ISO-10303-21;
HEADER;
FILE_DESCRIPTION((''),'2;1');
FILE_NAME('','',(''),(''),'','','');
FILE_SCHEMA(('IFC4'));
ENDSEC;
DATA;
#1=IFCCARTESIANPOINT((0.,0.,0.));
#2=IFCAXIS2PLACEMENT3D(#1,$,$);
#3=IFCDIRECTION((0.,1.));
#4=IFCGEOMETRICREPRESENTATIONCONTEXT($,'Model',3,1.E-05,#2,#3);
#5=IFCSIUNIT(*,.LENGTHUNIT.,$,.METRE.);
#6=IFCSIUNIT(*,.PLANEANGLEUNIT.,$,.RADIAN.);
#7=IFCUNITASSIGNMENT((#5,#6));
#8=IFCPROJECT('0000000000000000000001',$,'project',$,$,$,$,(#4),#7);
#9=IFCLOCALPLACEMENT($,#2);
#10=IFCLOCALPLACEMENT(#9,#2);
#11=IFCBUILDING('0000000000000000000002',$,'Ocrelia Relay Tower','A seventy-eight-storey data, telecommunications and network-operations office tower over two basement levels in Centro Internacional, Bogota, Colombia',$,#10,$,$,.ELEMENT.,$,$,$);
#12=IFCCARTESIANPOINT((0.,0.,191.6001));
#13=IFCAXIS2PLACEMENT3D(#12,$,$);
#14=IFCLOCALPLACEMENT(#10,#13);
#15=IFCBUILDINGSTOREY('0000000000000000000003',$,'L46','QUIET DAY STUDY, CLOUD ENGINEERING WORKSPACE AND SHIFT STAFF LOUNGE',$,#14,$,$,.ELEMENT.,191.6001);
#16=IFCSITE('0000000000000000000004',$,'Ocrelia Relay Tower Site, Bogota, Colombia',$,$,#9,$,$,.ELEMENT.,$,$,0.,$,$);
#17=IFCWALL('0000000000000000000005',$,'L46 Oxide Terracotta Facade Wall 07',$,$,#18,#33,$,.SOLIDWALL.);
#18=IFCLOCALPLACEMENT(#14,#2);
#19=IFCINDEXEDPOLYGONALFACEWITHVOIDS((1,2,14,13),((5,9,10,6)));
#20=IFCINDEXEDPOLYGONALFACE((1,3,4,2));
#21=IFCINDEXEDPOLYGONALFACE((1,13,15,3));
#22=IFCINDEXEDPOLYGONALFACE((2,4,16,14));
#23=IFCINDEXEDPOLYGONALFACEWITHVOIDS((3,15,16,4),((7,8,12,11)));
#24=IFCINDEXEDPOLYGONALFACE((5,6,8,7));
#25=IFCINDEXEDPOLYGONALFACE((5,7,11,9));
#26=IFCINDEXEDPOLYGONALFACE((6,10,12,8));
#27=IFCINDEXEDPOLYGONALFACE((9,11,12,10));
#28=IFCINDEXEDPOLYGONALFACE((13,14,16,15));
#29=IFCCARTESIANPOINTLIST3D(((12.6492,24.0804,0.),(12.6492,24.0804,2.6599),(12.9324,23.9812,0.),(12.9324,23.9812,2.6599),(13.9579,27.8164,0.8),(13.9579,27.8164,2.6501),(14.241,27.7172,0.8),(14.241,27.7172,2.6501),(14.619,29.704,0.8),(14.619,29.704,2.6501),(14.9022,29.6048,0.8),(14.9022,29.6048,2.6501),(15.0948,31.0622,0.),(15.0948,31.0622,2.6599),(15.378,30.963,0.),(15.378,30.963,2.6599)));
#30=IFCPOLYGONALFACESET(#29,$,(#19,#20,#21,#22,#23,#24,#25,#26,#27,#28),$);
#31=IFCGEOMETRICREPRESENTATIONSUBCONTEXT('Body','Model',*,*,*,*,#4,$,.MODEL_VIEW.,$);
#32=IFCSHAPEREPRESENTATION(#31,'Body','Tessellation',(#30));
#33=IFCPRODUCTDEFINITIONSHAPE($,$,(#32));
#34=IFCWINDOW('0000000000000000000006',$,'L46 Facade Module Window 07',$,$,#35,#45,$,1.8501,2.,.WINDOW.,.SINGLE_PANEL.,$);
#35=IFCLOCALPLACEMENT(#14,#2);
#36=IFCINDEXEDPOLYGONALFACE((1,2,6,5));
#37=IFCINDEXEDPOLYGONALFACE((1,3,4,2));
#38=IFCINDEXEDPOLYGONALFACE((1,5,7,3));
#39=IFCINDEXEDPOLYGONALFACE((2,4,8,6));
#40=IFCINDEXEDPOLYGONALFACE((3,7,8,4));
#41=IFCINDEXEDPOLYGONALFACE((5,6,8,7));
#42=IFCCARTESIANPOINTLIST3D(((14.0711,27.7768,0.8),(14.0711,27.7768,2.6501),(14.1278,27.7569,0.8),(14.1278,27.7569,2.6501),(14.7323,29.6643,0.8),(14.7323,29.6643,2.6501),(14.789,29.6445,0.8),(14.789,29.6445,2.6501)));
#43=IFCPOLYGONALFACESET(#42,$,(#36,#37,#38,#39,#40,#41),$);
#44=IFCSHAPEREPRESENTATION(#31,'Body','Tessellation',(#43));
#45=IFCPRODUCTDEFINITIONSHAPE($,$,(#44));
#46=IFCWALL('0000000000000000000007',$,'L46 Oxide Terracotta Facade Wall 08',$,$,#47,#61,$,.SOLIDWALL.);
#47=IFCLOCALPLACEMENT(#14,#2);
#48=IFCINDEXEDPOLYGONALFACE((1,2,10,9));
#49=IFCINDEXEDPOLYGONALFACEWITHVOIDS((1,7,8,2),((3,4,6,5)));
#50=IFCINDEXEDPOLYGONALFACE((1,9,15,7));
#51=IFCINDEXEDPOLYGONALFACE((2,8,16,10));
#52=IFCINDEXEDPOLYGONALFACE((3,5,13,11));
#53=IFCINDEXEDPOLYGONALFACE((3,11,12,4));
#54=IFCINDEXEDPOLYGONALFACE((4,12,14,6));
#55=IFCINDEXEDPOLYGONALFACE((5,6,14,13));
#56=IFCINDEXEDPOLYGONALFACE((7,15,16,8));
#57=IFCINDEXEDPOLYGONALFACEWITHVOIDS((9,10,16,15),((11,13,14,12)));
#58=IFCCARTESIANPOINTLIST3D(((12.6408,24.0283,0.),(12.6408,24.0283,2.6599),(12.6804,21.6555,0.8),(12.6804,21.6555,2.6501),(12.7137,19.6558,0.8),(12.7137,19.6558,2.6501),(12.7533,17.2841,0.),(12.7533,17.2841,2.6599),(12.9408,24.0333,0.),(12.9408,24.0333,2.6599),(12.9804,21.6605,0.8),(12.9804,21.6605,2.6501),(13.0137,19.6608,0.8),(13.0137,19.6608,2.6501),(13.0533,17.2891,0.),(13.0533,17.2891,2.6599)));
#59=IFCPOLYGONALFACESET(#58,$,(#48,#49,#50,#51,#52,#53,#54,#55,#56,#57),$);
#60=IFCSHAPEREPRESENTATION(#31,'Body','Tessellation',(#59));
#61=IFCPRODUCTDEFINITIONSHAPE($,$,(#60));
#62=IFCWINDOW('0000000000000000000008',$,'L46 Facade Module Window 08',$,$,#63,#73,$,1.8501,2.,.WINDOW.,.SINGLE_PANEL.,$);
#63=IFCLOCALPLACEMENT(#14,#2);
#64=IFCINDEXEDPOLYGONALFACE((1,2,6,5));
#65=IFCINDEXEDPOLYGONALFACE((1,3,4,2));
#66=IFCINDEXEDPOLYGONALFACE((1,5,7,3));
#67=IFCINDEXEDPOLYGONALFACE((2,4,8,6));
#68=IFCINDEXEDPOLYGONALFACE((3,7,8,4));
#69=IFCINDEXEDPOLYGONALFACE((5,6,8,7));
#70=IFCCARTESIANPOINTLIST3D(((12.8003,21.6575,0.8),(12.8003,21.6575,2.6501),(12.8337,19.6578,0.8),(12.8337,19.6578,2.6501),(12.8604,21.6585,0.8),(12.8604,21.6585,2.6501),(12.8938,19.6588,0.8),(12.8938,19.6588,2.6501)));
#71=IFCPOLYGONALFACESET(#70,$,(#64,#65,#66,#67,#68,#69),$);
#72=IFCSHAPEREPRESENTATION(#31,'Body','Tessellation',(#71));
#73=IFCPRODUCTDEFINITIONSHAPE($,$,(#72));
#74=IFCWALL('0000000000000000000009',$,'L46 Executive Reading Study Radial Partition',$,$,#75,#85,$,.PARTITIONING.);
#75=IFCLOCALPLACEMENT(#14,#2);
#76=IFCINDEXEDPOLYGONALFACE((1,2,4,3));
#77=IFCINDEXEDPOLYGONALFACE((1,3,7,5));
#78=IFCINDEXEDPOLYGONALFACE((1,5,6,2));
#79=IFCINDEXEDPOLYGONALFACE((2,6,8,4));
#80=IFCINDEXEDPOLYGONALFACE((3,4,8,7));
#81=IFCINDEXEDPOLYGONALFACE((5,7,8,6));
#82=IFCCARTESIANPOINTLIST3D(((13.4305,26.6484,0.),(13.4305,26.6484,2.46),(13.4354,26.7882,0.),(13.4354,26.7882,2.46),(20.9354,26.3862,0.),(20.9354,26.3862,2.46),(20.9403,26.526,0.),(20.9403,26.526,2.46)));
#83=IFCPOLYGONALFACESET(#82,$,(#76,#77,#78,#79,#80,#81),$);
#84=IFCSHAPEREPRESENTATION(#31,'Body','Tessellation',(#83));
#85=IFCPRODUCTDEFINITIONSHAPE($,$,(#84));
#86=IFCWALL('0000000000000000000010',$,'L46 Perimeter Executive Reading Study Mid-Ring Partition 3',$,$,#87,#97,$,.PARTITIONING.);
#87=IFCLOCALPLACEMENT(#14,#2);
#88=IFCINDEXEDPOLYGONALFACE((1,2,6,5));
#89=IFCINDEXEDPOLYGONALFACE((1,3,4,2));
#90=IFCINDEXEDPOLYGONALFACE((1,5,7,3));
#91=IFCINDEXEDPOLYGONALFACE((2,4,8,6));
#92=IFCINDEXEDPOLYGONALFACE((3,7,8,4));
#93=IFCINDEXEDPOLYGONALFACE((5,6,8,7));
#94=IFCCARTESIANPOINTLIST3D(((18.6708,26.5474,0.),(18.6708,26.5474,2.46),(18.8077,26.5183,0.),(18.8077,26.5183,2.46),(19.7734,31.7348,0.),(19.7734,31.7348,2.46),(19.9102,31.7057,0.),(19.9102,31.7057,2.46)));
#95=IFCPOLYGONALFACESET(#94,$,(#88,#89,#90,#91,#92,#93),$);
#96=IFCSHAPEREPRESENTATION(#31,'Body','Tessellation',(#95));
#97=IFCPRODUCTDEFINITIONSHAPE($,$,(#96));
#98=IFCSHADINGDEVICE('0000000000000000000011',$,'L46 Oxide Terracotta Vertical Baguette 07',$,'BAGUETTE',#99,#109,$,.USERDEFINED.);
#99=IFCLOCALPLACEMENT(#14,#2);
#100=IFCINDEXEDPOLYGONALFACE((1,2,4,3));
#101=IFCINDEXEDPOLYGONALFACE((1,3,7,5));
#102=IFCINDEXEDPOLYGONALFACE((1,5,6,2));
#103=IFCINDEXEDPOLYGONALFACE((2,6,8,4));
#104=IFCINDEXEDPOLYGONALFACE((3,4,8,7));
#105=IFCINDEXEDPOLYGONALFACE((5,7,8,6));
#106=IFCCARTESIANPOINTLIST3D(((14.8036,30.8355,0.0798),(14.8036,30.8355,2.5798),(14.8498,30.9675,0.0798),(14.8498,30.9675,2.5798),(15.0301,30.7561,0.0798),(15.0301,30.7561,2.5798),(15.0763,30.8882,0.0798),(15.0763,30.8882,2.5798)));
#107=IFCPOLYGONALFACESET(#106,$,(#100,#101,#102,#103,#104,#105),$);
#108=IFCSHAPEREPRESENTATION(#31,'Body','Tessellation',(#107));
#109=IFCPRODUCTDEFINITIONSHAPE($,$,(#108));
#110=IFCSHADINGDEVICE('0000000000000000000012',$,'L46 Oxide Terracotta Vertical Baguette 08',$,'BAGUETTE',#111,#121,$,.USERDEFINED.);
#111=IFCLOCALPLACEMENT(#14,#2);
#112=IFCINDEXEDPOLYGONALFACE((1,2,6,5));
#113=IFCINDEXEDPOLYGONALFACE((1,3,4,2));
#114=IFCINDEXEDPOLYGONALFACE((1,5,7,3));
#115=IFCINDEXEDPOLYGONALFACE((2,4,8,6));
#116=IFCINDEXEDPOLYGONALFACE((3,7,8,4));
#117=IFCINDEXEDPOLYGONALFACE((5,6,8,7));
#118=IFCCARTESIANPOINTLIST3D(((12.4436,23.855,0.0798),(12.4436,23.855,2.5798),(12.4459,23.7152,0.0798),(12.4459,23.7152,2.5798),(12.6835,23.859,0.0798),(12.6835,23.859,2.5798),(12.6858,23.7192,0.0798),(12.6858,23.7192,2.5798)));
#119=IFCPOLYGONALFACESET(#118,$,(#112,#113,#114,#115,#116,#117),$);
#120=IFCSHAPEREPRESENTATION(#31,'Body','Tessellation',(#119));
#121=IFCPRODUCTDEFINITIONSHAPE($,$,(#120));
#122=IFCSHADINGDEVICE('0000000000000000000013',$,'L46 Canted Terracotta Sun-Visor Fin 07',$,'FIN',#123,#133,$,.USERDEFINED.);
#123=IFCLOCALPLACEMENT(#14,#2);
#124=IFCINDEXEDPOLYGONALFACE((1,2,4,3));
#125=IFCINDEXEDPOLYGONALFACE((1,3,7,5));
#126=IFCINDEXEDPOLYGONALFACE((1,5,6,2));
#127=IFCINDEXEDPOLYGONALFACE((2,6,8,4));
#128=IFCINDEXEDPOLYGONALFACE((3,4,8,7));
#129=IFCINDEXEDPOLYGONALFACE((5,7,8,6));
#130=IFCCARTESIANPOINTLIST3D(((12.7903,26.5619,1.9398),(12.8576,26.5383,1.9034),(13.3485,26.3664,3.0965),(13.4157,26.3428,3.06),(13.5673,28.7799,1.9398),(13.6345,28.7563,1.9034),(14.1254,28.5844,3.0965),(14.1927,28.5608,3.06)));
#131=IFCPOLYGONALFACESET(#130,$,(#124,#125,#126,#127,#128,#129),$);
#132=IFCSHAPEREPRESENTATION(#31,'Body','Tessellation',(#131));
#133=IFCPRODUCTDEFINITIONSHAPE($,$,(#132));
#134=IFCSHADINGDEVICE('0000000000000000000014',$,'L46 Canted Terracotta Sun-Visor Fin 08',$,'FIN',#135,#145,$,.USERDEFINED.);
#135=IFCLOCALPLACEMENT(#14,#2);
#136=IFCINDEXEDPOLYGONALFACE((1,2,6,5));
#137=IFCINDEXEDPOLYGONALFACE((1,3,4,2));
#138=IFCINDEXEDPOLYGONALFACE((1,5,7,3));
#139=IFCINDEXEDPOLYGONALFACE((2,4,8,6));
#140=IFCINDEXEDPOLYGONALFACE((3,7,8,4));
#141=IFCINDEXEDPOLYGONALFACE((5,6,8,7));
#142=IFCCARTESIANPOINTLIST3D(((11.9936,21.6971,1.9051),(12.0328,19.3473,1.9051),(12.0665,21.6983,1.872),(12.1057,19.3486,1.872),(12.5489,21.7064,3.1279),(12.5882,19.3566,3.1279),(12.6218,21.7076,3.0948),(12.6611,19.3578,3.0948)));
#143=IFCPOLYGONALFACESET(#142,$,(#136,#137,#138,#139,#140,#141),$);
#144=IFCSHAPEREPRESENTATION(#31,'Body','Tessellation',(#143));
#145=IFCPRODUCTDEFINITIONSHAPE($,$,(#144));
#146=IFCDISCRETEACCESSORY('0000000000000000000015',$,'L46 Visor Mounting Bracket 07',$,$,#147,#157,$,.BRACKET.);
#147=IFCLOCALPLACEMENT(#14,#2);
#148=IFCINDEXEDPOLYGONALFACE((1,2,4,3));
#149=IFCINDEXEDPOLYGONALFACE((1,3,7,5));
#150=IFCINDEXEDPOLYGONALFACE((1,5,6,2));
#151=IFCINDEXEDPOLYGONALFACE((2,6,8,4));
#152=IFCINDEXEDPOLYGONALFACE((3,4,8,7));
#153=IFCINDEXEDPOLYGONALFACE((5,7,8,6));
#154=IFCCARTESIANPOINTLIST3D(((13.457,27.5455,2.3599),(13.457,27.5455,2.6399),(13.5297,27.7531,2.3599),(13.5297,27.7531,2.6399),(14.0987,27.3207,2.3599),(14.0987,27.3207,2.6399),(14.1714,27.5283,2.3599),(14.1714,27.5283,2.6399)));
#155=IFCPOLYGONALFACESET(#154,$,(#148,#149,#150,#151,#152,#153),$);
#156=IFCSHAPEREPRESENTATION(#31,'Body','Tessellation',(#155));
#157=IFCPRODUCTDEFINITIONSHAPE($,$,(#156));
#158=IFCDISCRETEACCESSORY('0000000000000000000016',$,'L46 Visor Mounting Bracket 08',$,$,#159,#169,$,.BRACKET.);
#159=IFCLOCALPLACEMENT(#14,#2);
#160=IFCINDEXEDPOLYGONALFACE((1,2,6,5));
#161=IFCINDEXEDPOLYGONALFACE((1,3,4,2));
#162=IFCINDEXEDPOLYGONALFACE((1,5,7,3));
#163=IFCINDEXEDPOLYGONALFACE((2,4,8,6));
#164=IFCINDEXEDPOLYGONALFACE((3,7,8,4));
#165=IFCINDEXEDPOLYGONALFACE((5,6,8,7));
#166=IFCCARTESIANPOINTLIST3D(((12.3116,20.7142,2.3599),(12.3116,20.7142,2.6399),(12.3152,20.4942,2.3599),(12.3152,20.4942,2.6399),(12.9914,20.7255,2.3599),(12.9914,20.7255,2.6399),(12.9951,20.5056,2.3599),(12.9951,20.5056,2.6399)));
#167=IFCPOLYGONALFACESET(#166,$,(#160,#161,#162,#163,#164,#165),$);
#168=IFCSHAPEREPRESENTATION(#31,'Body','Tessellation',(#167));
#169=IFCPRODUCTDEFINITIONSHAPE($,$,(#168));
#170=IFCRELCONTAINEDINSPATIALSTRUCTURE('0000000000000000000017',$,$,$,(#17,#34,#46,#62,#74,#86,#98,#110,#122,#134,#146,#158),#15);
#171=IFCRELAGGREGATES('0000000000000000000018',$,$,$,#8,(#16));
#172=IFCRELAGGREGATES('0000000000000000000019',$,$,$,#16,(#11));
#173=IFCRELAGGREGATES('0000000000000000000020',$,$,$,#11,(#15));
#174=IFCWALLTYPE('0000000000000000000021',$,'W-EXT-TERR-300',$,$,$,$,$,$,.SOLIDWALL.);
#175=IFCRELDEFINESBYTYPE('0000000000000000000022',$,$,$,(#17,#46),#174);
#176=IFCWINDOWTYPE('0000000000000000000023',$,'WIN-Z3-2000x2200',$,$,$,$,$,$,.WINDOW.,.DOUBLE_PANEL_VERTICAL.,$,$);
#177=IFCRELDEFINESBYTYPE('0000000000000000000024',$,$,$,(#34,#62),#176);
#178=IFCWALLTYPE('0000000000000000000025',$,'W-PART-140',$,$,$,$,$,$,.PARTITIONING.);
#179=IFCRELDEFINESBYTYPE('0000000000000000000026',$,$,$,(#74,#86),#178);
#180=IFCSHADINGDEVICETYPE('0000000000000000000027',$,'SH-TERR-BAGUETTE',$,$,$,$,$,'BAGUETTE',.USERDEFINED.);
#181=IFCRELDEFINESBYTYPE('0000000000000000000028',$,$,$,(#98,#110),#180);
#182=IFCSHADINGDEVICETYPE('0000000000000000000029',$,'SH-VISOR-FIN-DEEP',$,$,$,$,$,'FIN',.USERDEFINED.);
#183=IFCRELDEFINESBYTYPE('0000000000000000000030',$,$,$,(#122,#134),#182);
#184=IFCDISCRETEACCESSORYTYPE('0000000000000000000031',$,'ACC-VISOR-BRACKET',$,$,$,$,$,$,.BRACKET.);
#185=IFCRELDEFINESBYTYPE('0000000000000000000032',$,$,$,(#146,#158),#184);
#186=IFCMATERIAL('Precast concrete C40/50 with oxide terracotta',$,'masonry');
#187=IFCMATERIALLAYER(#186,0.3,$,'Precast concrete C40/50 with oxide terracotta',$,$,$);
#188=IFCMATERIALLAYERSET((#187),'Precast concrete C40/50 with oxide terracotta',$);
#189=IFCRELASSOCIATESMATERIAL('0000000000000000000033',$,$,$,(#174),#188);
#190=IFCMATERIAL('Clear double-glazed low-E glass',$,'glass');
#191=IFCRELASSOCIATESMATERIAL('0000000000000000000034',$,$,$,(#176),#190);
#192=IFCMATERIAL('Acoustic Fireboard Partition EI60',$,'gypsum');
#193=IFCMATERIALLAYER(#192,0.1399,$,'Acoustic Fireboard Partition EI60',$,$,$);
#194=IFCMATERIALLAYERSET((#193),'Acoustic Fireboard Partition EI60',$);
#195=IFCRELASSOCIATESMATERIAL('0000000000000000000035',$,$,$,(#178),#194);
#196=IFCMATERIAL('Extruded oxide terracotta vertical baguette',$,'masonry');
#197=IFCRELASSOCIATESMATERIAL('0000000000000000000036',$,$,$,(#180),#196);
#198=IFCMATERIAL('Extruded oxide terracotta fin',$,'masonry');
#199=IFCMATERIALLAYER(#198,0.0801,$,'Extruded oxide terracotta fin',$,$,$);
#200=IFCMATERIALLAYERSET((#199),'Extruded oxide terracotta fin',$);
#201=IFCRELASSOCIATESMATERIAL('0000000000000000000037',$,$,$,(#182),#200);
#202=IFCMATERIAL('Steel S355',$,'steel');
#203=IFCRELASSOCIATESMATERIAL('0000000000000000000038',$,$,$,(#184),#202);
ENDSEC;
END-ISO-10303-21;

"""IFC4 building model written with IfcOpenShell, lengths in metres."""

from ifc_helpers import new_model, si_unit, direction, frame, frame_2d, origin, origin_2d, place, context, subcontext, project, spatial, rectangle, extrude, material, layer, layer_set, type_object, element, fill, save


model = new_model("IFC4")

# Units and contexts
model_context = context("Model", 3, precision=1e-05, world=origin(), true_north=direction((0.0, 1.0)))
body_context = subcontext(model_context, "Body", "Model", "MODEL_VIEW")
ifc_project = project(units=[si_unit("LENGTHUNIT", "METRE"), si_unit("PLANEANGLEUNIT", "RADIAN")], contexts=[model_context])

# Site, building, storey
site_placement = place(None, origin())
site = spatial("IfcSite", under=ifc_project, at=site_placement, Name="Ocrelia Relay Tower Site, Bogota, Colombia", CompositionType="ELEMENT", RefElevation=0.0)
building_placement = place(site_placement, origin())
building = spatial("IfcBuilding", under=site, at=building_placement, Name="Ocrelia Relay Tower", Description="A seventy-eight-storey data, telecommunications and network-operations office tower over two basement levels in Centro Internacional, Bogota, Colombia", CompositionType="ELEMENT")
storey_placement = place(building_placement, frame((0.0, 0.0, 191.6001)))
storey = spatial("IfcBuildingStorey", under=building, at=storey_placement, Name="L46", Description="QUIET DAY STUDY, CLOUD ENGINEERING WORKSPACE AND SHIFT STAFF LOUNGE", CompositionType="ELEMENT", Elevation=191.6001)

# Shared definitions
ifc_material_1 = material(Name="Steel S355", Category="steel")

# Walls, openings, windows
ifc_material_2 = material(Name="Precast concrete C40/50 with oxide terracotta", Category="masonry")
ifc_layer_1 = layer(ifc_material_2, 0.3, Name="Precast concrete C40/50 with oxide terracotta")
ifc_layer_set_1 = layer_set([ifc_layer_1], Name="Precast concrete C40/50 with oxide terracotta")
wall_type_1 = type_object("IfcWallType", Name="W-EXT-TERR-300", PredefinedType="SOLIDWALL", material=ifc_layer_set_1)
wall_1_placement = place(storey_placement, frame((15.2363, 31.0125, 0.0), z_axis=(0.0, 0.0, 1.0), x_axis=(-0.330587, -0.943775, 0.0)))
wall_1 = element("IfcWall", 1, at=wall_1_placement, inside=storey, type_object=wall_type_1, Name="L46 Oxide Terracotta Facade Wall 07", PredefinedType="SOLIDWALL", context=body_context, shape_type="SweptSolid", body=[
    extrude(rectangle(XDim=7.3977, YDim=0.3, at=frame_2d((3.6987, 0.0))), origin(), (0.0, 0.0, 1.0), 2.6599),
])
opening_1_placement = place(wall_1_placement, frame((1.439, 0.0, 0.8)))
opening_1 = element("IfcOpeningElement", 2, at=opening_1_placement, cuts=wall_1, PredefinedType="OPENING", context=body_context, shape_type="SweptSolid", body=[
    extrude(rectangle(XDim=2.0, YDim=1.8501, at=frame_2d((1.0, 0.925))), frame((0.0, 0.1602, 0.0), z_axis=(0.0, -1.0, 0.0), x_axis=(1.0, 0.0, 0.0)), (0.0, 0.0, 1.0), 0.3201),
])
ifc_material_3 = material(Name="Clear double-glazed low-E glass", Category="glass")
window_type = type_object("IfcWindowType", Name="WIN-Z3-2000x2200", PartitioningType="DOUBLE_PANEL_VERTICAL", PredefinedType="WINDOW", material=ifc_material_3)
window_1_placement = place(opening_1_placement, origin())
window_1 = element("IfcWindow", 3, at=window_1_placement, inside=storey, type_object=window_type, Name="L46 Facade Module Window 07", OverallHeight=1.8501, OverallWidth=2.0, PartitioningType="SINGLE_PANEL", PredefinedType="WINDOW", context=body_context, shape_type="SweptSolid", body=[
    extrude(rectangle(XDim=2.0, YDim=1.8501, at=frame_2d((1.0, 0.925))), frame((0.0, 0.03, 0.0), z_axis=(0.0, -1.0, 0.0), x_axis=(1.0, 0.0, 0.0)), (0.0, 0.0, 1.0), 0.0601),
])
fill(opening_1, window_1)
wall_2_placement = place(storey_placement, frame((12.7908, 24.0308, 0.0), z_axis=(0.0, 0.0, 1.0), x_axis=(0.016686, -0.999861, 0.0)))
wall_2 = element("IfcWall", 4, at=wall_2_placement, inside=storey, type_object=wall_type_1, Name="L46 Oxide Terracotta Facade Wall 08", PredefinedType="SOLIDWALL", context=body_context, shape_type="SweptSolid", body=[
    extrude(rectangle(XDim=6.7451, YDim=0.3, at=frame_2d((3.3726, 0.0))), origin(), (0.0, 0.0, 1.0), 2.6599),
])
opening_2_placement = place(wall_2_placement, frame((2.373, 0.0, 0.8)))
opening_2 = element("IfcOpeningElement", 5, at=opening_2_placement, cuts=wall_2, PredefinedType="OPENING", context=body_context, shape_type="SweptSolid", body=[
    extrude(rectangle(XDim=2.0, YDim=1.8501, at=frame_2d((1.0, 0.925))), frame((0.0, 0.1602, 0.0), z_axis=(0.0, -1.0, 0.0), x_axis=(1.0, 0.0, 0.0)), (0.0, 0.0, 1.0), 0.3201),
])
window_2_placement = place(opening_2_placement, origin())
window_2 = element("IfcWindow", 6, at=window_2_placement, inside=storey, type_object=window_type, Name="L46 Facade Module Window 08", OverallHeight=1.8501, OverallWidth=2.0, PartitioningType="SINGLE_PANEL", PredefinedType="WINDOW", context=body_context, shape_type="SweptSolid", body=[
    extrude(rectangle(XDim=2.0, YDim=1.8501, at=frame_2d((1.0, 0.925))), frame((0.0, 0.03, 0.0), z_axis=(0.0, -1.0, 0.0), x_axis=(1.0, 0.0, 0.0)), (0.0, 0.0, 1.0), 0.0601),
])
fill(opening_2, window_2)

# Walls
ifc_material_4 = material(Name="Acoustic Fireboard Partition EI60", Category="gypsum")
ifc_layer_2 = layer(ifc_material_4, 0.1399, Name="Acoustic Fireboard Partition EI60")
ifc_layer_set_2 = layer_set([ifc_layer_2], Name="Acoustic Fireboard Partition EI60")
wall_type_2 = type_object("IfcWallType", Name="W-PART-140", PredefinedType="PARTITIONING", material=ifc_layer_set_2)
wall_3_placement = place(storey_placement, frame((20.938, 26.4561, 0.0), z_axis=(0.0, 0.0, 1.0), x_axis=(-0.99939, 0.034917, 0.0)))
element("IfcWall", 7, at=wall_3_placement, inside=storey, type_object=wall_type_2, Name="L46 Executive Reading Study Radial Partition", PredefinedType="PARTITIONING", context=body_context, shape_type="SweptSolid", body=[
    extrude(rectangle(XDim=7.5095, YDim=0.1399, at=frame_2d((3.7549, 0.0))), origin(), (0.0, 0.0, 1.0), 2.46),
])
wall_4_placement = place(storey_placement, frame((19.8418, 31.7202, 0.0), z_axis=(0.0, 0.0, 1.0), x_axis=(-0.207903, -0.978149, 0.0)))
element("IfcWall", 8, at=wall_4_placement, inside=storey, type_object=wall_type_2, Name="L46 Perimeter Executive Reading Study Mid-Ring Partition 3", PredefinedType="PARTITIONING", context=body_context, shape_type="SweptSolid", body=[
    extrude(rectangle(XDim=5.3032, YDim=0.1399, at=frame_2d((2.6516, 0.0))), origin(), (0.0, 0.0, 1.0), 2.46),
])

# Shading devices
ifc_material_5 = material(Name="Extruded oxide terracotta vertical baguette", Category="masonry")
shading_device_type_1 = type_object("IfcShadingDeviceType", Name="SH-TERR-BAGUETTE", ElementType="BAGUETTE", PredefinedType="USERDEFINED", material=ifc_material_5)
for number, where, z_axis, x_axis, name in (
    (9, (14.9399, 30.8618, 0.0798), (0.0, 0.0, 1.0), (-0.330596, -0.943772, 0.0), "L46 Oxide Terracotta Vertical Baguette 07"),
    (10, (12.5647, 23.7871, 0.0798), (0.0, 0.0, 1.0), (0.016694, -0.999861, 0.0), "L46 Oxide Terracotta Vertical Baguette 08"),
):
    element("IfcShadingDevice", number, at=place(storey_placement, frame(where, z_axis=z_axis, x_axis=x_axis)), inside=storey, type_object=shading_device_type_1, Name=name, ObjectType="BAGUETTE", PredefinedType="USERDEFINED", context=body_context, shape_type="SweptSolid", body=[
        extrude(rectangle(XDim=0.1399, YDim=0.24, at=origin_2d()), origin(), (0.0, 0.0, 1.0), 2.5),
    ])
ifc_material_6 = material(Name="Extruded oxide terracotta fin", Category="masonry")
ifc_layer_3 = layer(ifc_material_6, 0.0801, Name="Extruded oxide terracotta fin")
ifc_layer_set_3 = layer_set([ifc_layer_3], Name="Extruded oxide terracotta fin")
shading_device_type_2 = type_object("IfcShadingDeviceType", Name="SH-VISOR-FIN-DEEP", ElementType="FIN", PredefinedType="USERDEFINED", material=ifc_layer_set_3)
shading_device_1_placement = place(storey_placement, frame((13.5251, 27.5496, 2.4817), z_axis=(-0.840308, 0.294353, 0.455234), x_axis=(-0.330596, -0.943772, 0.0)))
element("IfcShadingDevice", 11, at=shading_device_1_placement, inside=storey, type_object=shading_device_type_2, Name="L46 Canted Terracotta Sun-Visor Fin 07", ObjectType="FIN", PredefinedType="USERDEFINED", context=body_context, shape_type="SweptSolid", body=[
    extrude(rectangle(XDim=2.3501, YDim=1.2991, at=origin_2d()), origin(), (0.0, 0.0, 1.0), 0.0801),
])
shading_device_2_placement = place(storey_placement, frame((12.3638, 20.5281, 2.4834), z_axis=(-0.91034, -0.015199, 0.413581), x_axis=(0.016694, -0.999861, 0.0)))
element("IfcShadingDevice", 12, at=shading_device_2_placement, inside=storey, type_object=shading_device_type_2, Name="L46 Canted Terracotta Sun-Visor Fin 08", ObjectType="FIN", PredefinedType="USERDEFINED", context=body_context, shape_type="SweptSolid", body=[
    extrude(rectangle(XDim=2.3501, YDim=1.343, at=origin_2d()), origin(), (0.0, 0.0, 1.0), 0.0801),
])

# Discrete accessories
discrete_accessory_type = type_object("IfcDiscreteAccessoryType", Name="ACC-VISOR-BRACKET", PredefinedType="BRACKET", material=ifc_material_1)
for number, where, z_axis, x_axis, name in (
    (13, (13.8142, 27.5369, 2.3599), (0.0, 0.0, 1.0), (-0.330596, -0.943772, 0.0), "L46 Visor Mounting Bracket 07"),
    (14, (12.6533, 20.6099, 2.3599), (0.0, 0.0, 1.0), (0.016694, -0.999861, 0.0), "L46 Visor Mounting Bracket 08"),
):
    element("IfcDiscreteAccessory", number, at=place(storey_placement, frame(where, z_axis=z_axis, x_axis=x_axis)), inside=storey, type_object=discrete_accessory_type, Name=name, PredefinedType="BRACKET", context=body_context, shape_type="SweptSolid", body=[
        extrude(rectangle(XDim=0.22, YDim=0.6799, at=origin_2d()), origin(), (0.0, 0.0, 1.0), 0.28),
    ])

save(model, "model.ifc")
